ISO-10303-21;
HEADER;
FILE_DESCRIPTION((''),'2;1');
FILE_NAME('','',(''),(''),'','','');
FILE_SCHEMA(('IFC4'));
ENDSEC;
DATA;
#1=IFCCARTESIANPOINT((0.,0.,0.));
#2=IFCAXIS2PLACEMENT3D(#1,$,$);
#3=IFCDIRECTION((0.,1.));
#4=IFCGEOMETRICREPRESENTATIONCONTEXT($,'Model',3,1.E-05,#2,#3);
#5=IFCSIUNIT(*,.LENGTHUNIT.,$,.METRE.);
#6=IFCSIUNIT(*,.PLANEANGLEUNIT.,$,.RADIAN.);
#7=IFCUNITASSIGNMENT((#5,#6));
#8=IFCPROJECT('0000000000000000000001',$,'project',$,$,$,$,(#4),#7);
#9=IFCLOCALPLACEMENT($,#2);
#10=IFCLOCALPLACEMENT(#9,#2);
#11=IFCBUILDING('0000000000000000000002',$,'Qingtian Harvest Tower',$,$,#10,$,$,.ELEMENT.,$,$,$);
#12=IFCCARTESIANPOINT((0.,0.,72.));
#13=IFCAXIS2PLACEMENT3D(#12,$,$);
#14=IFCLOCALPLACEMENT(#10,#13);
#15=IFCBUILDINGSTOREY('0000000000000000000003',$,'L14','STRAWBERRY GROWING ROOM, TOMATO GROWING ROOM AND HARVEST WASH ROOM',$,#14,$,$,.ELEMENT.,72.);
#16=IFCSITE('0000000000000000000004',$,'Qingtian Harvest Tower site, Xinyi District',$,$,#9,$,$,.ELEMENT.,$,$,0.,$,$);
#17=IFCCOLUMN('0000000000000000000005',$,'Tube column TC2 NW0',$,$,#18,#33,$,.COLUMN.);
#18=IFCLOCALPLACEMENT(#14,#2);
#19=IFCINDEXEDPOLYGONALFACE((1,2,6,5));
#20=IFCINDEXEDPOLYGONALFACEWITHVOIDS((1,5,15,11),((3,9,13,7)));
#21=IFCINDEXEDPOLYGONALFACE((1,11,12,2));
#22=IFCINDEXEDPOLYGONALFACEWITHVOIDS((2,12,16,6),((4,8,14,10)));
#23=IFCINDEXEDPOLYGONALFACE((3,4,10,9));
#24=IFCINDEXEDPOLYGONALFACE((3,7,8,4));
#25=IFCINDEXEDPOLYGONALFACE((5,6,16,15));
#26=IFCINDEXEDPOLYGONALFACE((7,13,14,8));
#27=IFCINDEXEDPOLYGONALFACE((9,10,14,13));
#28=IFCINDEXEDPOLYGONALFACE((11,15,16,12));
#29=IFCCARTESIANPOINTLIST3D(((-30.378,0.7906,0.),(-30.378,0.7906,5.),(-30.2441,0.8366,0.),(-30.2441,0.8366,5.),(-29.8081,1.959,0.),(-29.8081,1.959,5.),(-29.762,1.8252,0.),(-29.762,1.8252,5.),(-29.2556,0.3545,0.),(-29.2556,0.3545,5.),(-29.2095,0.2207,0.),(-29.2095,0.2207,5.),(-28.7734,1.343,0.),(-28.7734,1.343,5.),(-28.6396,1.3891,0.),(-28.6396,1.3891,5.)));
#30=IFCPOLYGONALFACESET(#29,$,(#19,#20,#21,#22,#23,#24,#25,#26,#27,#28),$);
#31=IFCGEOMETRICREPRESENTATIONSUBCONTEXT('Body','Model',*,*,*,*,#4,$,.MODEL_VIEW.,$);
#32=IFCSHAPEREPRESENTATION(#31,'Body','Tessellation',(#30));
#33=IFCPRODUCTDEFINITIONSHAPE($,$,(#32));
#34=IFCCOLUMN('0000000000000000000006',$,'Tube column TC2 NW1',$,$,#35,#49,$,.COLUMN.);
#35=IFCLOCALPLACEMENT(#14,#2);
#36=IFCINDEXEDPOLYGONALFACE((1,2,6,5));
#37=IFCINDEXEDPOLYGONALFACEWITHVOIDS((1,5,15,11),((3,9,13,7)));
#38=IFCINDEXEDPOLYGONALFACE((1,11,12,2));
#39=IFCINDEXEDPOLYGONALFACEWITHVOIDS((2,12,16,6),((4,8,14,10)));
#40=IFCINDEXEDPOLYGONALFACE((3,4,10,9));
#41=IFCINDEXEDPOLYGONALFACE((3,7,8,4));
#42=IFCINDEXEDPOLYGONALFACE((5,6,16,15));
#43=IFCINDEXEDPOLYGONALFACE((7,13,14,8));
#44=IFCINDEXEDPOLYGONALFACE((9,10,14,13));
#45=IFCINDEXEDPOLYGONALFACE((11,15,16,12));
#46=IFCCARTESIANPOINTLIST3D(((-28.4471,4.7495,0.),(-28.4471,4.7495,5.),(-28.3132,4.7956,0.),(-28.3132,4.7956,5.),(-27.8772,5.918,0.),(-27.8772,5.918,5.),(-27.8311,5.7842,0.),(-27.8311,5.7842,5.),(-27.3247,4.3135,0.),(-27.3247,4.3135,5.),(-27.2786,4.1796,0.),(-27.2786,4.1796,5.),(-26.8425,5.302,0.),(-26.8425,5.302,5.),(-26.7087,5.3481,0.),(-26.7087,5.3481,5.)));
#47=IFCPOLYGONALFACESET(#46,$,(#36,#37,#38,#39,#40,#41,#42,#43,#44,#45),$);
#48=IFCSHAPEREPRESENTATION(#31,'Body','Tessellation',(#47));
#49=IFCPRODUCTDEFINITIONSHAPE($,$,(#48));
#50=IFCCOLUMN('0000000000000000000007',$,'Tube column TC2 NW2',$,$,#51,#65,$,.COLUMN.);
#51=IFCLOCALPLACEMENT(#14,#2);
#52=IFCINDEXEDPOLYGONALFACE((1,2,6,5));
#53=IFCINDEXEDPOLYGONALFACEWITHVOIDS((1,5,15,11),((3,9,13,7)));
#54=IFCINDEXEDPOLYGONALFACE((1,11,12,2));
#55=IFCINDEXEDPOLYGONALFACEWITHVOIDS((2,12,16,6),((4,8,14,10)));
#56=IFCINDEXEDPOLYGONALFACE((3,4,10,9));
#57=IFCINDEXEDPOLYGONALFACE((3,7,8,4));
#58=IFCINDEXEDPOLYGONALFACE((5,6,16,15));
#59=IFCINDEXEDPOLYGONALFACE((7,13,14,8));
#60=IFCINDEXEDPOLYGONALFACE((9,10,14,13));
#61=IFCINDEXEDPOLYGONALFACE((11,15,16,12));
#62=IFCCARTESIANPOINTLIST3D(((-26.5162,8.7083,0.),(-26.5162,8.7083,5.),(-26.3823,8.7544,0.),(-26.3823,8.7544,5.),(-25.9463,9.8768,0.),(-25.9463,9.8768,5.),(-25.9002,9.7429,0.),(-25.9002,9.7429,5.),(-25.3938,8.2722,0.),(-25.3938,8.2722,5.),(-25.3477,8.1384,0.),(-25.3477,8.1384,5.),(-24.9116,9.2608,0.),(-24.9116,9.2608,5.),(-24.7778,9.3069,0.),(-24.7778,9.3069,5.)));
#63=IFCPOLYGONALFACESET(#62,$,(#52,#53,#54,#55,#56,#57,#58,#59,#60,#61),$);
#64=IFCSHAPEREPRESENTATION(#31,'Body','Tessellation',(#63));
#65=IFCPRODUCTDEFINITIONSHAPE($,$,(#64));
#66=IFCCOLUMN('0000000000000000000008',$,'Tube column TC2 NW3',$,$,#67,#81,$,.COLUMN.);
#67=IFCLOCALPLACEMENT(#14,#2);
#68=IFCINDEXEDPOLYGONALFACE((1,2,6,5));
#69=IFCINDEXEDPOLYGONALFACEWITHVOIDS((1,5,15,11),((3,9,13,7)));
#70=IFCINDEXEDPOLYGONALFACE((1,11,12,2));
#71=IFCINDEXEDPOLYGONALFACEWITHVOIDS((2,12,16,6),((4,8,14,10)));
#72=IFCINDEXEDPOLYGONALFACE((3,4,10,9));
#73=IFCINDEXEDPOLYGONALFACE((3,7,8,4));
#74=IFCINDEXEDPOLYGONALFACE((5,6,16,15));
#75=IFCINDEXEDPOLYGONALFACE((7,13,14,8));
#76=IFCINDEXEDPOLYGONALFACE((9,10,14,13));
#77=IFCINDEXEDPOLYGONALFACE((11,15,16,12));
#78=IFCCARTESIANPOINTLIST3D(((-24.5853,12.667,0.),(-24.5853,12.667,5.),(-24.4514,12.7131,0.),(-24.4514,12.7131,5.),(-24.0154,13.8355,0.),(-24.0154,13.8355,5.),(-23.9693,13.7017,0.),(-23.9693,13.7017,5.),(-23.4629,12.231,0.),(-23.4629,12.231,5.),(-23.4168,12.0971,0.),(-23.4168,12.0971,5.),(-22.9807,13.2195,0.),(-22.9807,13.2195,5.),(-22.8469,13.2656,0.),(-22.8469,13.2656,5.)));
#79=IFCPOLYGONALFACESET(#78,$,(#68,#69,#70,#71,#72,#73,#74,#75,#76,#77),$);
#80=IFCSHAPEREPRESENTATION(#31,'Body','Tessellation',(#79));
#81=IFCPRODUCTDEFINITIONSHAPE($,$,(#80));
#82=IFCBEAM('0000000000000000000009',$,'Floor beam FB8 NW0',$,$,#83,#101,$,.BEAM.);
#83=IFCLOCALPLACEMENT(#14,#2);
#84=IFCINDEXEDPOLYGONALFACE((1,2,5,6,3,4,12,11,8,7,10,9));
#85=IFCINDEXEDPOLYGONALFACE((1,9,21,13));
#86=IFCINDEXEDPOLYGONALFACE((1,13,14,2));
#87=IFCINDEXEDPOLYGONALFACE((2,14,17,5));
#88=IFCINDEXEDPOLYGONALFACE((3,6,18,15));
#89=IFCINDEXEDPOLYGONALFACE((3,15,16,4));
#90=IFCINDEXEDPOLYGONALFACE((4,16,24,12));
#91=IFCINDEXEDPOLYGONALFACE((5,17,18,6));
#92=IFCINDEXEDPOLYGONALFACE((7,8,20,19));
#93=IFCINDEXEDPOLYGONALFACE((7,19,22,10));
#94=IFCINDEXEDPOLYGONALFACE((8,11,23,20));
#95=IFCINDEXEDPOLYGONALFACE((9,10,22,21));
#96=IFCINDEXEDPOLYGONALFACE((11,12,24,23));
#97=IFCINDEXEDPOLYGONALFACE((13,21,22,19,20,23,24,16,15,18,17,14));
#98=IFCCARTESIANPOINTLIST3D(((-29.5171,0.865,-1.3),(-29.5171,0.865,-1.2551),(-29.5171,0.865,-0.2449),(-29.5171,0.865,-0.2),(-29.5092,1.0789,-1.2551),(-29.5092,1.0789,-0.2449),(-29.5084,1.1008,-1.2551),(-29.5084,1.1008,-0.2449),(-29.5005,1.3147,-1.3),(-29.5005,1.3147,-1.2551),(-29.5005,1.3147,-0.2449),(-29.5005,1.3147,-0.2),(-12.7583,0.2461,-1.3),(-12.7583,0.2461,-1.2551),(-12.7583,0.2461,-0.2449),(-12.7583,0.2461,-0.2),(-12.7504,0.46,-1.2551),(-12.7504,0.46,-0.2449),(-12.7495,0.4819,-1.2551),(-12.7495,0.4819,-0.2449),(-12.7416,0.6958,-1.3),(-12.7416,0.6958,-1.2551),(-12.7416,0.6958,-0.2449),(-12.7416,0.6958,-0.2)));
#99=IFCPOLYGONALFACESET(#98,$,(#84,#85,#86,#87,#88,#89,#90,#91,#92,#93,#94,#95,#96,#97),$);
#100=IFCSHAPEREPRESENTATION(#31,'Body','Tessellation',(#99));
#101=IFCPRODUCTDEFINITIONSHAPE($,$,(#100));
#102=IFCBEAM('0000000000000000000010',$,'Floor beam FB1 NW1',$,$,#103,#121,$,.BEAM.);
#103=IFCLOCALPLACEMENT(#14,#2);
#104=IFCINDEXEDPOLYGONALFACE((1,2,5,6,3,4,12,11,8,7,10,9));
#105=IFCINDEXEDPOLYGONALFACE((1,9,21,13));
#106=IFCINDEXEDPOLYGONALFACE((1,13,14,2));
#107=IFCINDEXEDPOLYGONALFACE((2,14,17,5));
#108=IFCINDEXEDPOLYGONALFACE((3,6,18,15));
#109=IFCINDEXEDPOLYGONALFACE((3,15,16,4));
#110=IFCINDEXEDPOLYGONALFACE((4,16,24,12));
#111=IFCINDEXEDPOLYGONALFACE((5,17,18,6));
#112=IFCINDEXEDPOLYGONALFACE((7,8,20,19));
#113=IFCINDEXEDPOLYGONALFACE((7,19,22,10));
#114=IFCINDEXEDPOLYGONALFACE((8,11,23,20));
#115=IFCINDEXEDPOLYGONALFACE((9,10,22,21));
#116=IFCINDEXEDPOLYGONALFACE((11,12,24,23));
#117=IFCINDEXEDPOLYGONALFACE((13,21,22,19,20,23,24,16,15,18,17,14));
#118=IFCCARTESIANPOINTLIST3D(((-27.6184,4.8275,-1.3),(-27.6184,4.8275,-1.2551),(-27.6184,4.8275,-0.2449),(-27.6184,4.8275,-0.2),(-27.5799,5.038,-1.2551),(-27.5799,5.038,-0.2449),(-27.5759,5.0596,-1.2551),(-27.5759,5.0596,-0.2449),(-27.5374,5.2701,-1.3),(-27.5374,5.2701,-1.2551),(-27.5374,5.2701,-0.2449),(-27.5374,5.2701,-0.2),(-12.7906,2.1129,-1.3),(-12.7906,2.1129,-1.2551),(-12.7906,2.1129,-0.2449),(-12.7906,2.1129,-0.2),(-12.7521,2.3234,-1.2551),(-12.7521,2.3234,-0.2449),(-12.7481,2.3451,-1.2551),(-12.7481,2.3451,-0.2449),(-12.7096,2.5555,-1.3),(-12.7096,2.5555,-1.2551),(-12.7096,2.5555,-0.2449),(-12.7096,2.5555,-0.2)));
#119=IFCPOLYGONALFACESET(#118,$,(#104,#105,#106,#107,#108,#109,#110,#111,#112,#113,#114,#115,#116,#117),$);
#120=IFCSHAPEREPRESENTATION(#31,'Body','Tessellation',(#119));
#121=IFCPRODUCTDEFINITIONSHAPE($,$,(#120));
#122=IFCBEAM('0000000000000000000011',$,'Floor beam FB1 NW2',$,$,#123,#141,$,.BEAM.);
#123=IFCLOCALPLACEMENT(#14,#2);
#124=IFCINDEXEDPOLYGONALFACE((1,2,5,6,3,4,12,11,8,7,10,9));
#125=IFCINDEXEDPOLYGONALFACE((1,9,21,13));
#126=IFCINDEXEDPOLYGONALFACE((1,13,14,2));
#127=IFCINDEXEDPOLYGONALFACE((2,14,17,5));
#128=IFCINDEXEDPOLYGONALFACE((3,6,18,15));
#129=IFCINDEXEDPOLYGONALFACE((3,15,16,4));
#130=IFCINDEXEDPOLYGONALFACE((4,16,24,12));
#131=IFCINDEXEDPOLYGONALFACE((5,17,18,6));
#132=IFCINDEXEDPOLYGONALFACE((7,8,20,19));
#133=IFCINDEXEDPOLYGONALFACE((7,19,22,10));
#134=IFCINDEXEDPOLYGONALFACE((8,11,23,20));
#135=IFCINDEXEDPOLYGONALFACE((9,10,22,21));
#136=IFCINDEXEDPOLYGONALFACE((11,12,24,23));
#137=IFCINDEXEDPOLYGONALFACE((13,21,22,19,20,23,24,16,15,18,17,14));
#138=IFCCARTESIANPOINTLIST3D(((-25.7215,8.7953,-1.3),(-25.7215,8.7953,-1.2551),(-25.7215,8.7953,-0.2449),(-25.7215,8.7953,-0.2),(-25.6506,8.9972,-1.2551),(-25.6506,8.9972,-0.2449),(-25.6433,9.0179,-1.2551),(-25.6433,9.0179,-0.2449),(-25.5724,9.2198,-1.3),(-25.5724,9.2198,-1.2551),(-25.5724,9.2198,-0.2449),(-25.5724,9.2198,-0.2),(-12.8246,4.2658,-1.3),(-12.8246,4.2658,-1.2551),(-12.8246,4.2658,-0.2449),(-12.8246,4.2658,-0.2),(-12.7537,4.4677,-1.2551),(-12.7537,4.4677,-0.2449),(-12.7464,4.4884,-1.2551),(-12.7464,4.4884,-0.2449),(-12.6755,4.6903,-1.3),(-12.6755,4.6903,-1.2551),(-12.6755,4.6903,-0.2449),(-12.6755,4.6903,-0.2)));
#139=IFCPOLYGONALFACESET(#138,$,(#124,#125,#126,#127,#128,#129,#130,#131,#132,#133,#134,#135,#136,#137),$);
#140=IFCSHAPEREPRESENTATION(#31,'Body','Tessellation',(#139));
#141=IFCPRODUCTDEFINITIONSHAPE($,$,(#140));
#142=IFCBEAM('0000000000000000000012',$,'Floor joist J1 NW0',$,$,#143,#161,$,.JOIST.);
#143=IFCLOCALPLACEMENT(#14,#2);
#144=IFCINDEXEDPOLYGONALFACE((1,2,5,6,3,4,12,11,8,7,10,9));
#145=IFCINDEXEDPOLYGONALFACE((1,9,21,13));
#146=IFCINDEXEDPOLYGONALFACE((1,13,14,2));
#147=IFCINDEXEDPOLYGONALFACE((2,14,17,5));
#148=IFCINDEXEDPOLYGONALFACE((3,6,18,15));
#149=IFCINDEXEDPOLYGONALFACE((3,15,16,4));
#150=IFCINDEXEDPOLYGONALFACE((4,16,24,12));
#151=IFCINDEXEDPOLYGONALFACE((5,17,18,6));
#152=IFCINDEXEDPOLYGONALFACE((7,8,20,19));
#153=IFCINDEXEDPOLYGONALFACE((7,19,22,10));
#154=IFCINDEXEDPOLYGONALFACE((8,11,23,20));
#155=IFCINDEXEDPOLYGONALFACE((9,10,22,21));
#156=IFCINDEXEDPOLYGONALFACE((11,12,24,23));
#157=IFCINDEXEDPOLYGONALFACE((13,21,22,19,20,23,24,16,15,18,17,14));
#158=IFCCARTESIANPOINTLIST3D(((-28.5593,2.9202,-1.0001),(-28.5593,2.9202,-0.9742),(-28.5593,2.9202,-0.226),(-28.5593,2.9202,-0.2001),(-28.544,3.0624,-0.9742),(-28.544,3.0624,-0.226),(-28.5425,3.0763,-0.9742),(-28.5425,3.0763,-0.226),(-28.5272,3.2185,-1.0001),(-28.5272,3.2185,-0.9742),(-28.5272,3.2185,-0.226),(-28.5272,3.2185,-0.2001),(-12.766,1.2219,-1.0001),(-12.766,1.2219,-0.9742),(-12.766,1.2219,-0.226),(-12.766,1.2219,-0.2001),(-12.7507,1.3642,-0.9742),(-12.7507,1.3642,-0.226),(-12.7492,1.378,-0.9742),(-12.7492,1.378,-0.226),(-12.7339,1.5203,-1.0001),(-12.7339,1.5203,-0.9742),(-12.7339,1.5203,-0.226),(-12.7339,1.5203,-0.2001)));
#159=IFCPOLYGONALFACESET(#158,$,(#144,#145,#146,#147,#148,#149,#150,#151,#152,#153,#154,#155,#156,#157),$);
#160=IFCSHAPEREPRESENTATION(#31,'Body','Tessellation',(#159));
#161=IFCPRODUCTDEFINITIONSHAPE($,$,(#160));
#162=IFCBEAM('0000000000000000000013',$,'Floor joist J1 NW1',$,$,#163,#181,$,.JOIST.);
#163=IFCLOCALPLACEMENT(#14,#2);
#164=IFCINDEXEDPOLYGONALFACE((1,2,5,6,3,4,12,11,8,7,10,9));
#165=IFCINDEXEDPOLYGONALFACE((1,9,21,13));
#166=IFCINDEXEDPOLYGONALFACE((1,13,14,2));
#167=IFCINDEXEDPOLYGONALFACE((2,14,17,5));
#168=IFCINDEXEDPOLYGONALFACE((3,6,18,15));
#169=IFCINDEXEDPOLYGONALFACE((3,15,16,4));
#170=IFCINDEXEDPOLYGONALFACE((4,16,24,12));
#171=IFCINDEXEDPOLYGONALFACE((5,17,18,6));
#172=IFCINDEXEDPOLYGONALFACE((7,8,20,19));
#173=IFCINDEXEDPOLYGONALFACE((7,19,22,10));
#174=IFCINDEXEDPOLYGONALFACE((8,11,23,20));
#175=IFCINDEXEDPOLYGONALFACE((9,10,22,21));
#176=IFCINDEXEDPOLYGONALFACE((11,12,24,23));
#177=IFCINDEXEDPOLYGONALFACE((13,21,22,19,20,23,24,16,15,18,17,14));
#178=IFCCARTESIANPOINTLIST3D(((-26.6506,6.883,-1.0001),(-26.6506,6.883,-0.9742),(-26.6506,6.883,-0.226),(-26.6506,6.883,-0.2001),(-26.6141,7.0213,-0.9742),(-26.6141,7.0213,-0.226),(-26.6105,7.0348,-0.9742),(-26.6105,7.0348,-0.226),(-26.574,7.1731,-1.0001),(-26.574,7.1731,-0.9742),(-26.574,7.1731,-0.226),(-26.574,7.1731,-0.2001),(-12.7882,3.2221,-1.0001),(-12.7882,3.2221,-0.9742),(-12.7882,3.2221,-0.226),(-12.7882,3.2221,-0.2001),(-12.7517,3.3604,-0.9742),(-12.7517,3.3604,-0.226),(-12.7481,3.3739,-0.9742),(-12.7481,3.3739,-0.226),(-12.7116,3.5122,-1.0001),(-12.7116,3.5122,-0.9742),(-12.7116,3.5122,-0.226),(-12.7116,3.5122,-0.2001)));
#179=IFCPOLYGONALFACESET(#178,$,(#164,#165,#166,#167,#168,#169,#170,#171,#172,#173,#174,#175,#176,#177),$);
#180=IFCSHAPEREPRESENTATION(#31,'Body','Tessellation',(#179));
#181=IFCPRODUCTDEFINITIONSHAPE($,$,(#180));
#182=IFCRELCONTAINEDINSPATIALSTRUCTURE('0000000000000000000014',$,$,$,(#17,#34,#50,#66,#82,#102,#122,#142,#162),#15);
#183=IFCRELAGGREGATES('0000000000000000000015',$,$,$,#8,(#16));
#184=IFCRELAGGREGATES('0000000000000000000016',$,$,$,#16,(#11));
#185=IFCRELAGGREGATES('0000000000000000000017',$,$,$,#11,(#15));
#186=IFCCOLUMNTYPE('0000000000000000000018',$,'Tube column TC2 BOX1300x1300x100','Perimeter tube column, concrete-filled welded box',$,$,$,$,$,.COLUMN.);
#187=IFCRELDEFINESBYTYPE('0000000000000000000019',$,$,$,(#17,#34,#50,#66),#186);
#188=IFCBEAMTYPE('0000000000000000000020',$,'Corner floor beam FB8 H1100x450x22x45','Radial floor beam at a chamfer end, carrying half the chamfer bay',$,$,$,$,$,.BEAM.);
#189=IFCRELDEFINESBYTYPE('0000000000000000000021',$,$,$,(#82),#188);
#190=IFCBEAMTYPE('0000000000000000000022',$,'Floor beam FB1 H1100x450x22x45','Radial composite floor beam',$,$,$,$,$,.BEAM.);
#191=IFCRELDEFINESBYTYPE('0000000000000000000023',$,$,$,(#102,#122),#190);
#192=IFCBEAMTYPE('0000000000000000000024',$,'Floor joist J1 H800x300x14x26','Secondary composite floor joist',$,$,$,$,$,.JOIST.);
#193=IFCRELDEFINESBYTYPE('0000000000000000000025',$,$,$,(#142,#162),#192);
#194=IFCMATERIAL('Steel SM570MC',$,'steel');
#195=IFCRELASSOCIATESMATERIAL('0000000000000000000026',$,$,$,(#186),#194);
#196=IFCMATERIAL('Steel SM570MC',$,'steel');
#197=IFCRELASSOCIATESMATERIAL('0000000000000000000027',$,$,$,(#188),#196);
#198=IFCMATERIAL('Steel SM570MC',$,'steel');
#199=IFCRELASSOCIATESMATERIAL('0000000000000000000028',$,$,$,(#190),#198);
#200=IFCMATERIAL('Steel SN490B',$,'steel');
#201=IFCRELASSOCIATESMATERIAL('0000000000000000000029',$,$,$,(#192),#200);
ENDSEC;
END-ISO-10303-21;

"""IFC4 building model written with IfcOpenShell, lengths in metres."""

from ifc_helpers import new_model, si_unit, direction, frame, origin, origin_2d, place, context, subcontext, project, spatial, hollow_rectangle, i_section, extrude, material, material_profile, profile_set, type_object, element, save


model = new_model("IFC4")

# Units and contexts
model_context = context("Model", 3, precision=1e-05, world=origin(), true_north=direction((0.0, 1.0)))
body_context = subcontext(model_context, "Body", "Model", "MODEL_VIEW")
ifc_project = project(units=[si_unit("LENGTHUNIT", "METRE"), si_unit("PLANEANGLEUNIT", "RADIAN")], contexts=[model_context])

# Site, building, storey
site_placement = place(None, origin())
site = spatial("IfcSite", under=ifc_project, at=site_placement, Name="Qingtian Harvest Tower site, Xinyi District", CompositionType="ELEMENT", RefElevation=0.0)
building_placement = place(site_placement, origin())
building = spatial("IfcBuilding", under=site, at=building_placement, Name="Qingtian Harvest Tower", CompositionType="ELEMENT")
storey_placement = place(building_placement, frame((0.0, 0.0, 72.0)))
storey = spatial("IfcBuildingStorey", under=building, at=storey_placement, Name="L14", Description="STRAWBERRY GROWING ROOM, TOMATO GROWING ROOM AND HARVEST WASH ROOM", CompositionType="ELEMENT", Elevation=72.0)

# Columns
ifc_material_1 = material(Name="Steel SM570MC", Category="steel")
ifc_material_profile_1 = material_profile(ifc_material_1, hollow_rectangle(XDim=1.3, YDim=1.3, WallThickness=0.1001, at=origin_2d()), Name="BOX1300x1300x100")
ifc_profile_set_1 = profile_set([ifc_material_profile_1], Name="Steel SM570MC")
column_type = type_object("IfcColumnType", Name="Tube column TC2 BOX1300x1300x100", Description="Perimeter tube column, concrete-filled welded box", PredefinedType="COLUMN", material=ifc_profile_set_1)
for number, where, z_axis, x_axis, name in (
    (1, (-29.5088, 1.0898, 0.0), (0.0, 0.0, 1.0), (-0.438371, -0.898794, 0.0), "Tube column TC2 NW0"),
    (2, (-27.5779, 5.0488, 0.0), (0.0, 0.0, 1.0), (-0.438371, -0.898794, 0.0), "Tube column TC2 NW1"),
    (3, (-25.647, 9.0076, 0.0), (0.0, 0.0, 1.0), (-0.438371, -0.898794, 0.0), "Tube column TC2 NW2"),
    (4, (-23.7161, 12.9663, 0.0), (0.0, 0.0, 1.0), (-0.438371, -0.898794, 0.0), "Tube column TC2 NW3"),
):
    element("IfcColumn", number, at=place(storey_placement, frame(where, z_axis=z_axis, x_axis=x_axis)), inside=storey, type_object=column_type, Name=name, PredefinedType="COLUMN", context=body_context, shape_type="SweptSolid", body=[
        extrude(hollow_rectangle(XDim=1.3, YDim=1.3, WallThickness=0.1001, at=origin_2d()), origin(), (0.0, 0.0, 1.0), 5.0),
    ])

# Beams
ifc_material_2 = material(Name="Steel SM570MC", Category="steel")
ifc_material_profile_2 = material_profile(ifc_material_2, i_section(OverallWidth=0.45, OverallDepth=1.1001, WebThickness=0.022, FlangeThickness=0.0449, at=origin_2d()), Name="H1100x450x22x45")
ifc_profile_set_2 = profile_set([ifc_material_profile_2], Name="Steel SM570MC")
beam_type_1 = type_object("IfcBeamType", Name="Corner floor beam FB8 H1100x450x22x45", Description="Radial floor beam at a chamfer end, carrying half the chamfer bay", PredefinedType="BEAM", material=ifc_profile_set_2)
beam_1_placement = place(storey_placement, frame((-29.5088, 1.0898, -0.75), z_axis=(0.999319, -0.036905, 0.0), x_axis=(0.036905, 0.999319, 0.0)))
element("IfcBeam", 5, at=beam_1_placement, inside=storey, type_object=beam_type_1, Name="Floor beam FB8 NW0", PredefinedType="BEAM", context=body_context, shape_type="SweptSolid", body=[
    extrude(i_section(OverallWidth=0.45, OverallDepth=1.1001, WebThickness=0.022, FlangeThickness=0.0449, at=origin_2d()), origin(), (0.0, 0.0, 1.0), 16.7703),
])
ifc_material_3 = material(Name="Steel SM570MC", Category="steel")
ifc_material_profile_3 = material_profile(ifc_material_3, i_section(OverallWidth=0.45, OverallDepth=1.1001, WebThickness=0.022, FlangeThickness=0.0449, at=origin_2d()), Name="H1100x450x22x45")
ifc_profile_set_3 = profile_set([ifc_material_profile_3], Name="Steel SM570MC")
beam_type_2 = type_object("IfcBeamType", Name="Floor beam FB1 H1100x450x22x45", Description="Radial composite floor beam", PredefinedType="BEAM", material=ifc_profile_set_3)
beam_2_placement = place(storey_placement, frame((-27.5779, 5.0488, -0.75), z_axis=(0.983652, -0.180081, 0.0), x_axis=(0.180081, 0.983652, 0.0)))
element("IfcBeam", 6, at=beam_2_placement, inside=storey, type_object=beam_type_2, Name="Floor beam FB1 NW1", PredefinedType="BEAM", context=body_context, shape_type="SweptSolid", body=[
    extrude(i_section(OverallWidth=0.45, OverallDepth=1.1001, WebThickness=0.022, FlangeThickness=0.0449, at=origin_2d()), origin(), (0.0, 0.0, 1.0), 15.0742),
])
beam_3_placement = place(storey_placement, frame((-25.647, 9.0076, -0.75), z_axis=(0.943502, -0.331367, 0.0), x_axis=(0.331367, 0.943502, 0.0)))
element("IfcBeam", 7, at=beam_3_placement, inside=storey, type_object=beam_type_2, Name="Floor beam FB1 NW2", PredefinedType="BEAM", context=body_context, shape_type="SweptSolid", body=[
    extrude(i_section(OverallWidth=0.45, OverallDepth=1.1001, WebThickness=0.022, FlangeThickness=0.0449, at=origin_2d()), origin(), (0.0, 0.0, 1.0), 13.6692),
])
ifc_material_4 = material(Name="Steel SN490B", Category="steel")
ifc_material_profile_4 = material_profile(ifc_material_4, i_section(OverallWidth=0.3, OverallDepth=0.8, WebThickness=0.0139, FlangeThickness=0.0259, at=origin_2d()), Name="H800x300x14x26")
ifc_profile_set_4 = profile_set([ifc_material_profile_4], Name="Steel SN490B")
beam_type_3 = type_object("IfcBeamType", Name="Floor joist J1 H800x300x14x26", Description="Secondary composite floor joist", PredefinedType="JOIST", material=ifc_profile_set_4)
beam_4_placement = place(storey_placement, frame((-28.5432, 3.0693, -0.6001), z_axis=(0.994268, -0.106914, 0.0), x_axis=(0.106914, 0.994268, 0.0)))
element("IfcBeam", 8, at=beam_4_placement, inside=storey, type_object=beam_type_3, Name="Floor joist J1 NW0", PredefinedType="JOIST", context=body_context, shape_type="SweptSolid", body=[
    extrude(i_section(OverallWidth=0.3, OverallDepth=0.8, WebThickness=0.0139, FlangeThickness=0.0259, at=origin_2d()), origin(), (0.0, 0.0, 1.0), 15.8843),
])
beam_5_placement = place(storey_placement, frame((-26.6123, 7.0281, -0.6001), z_axis=(0.966852, -0.255336, 0.0), x_axis=(0.255336, 0.966852, 0.0)))
element("IfcBeam", 9, at=beam_5_placement, inside=storey, type_object=beam_type_3, Name="Floor joist J1 NW1", PredefinedType="JOIST", context=body_context, shape_type="SweptSolid", body=[
    extrude(i_section(OverallWidth=0.3, OverallDepth=0.8, WebThickness=0.0139, FlangeThickness=0.0259, at=origin_2d()), origin(), (0.0, 0.0, 1.0), 14.3376),
])

save(model, "model.ifc")
